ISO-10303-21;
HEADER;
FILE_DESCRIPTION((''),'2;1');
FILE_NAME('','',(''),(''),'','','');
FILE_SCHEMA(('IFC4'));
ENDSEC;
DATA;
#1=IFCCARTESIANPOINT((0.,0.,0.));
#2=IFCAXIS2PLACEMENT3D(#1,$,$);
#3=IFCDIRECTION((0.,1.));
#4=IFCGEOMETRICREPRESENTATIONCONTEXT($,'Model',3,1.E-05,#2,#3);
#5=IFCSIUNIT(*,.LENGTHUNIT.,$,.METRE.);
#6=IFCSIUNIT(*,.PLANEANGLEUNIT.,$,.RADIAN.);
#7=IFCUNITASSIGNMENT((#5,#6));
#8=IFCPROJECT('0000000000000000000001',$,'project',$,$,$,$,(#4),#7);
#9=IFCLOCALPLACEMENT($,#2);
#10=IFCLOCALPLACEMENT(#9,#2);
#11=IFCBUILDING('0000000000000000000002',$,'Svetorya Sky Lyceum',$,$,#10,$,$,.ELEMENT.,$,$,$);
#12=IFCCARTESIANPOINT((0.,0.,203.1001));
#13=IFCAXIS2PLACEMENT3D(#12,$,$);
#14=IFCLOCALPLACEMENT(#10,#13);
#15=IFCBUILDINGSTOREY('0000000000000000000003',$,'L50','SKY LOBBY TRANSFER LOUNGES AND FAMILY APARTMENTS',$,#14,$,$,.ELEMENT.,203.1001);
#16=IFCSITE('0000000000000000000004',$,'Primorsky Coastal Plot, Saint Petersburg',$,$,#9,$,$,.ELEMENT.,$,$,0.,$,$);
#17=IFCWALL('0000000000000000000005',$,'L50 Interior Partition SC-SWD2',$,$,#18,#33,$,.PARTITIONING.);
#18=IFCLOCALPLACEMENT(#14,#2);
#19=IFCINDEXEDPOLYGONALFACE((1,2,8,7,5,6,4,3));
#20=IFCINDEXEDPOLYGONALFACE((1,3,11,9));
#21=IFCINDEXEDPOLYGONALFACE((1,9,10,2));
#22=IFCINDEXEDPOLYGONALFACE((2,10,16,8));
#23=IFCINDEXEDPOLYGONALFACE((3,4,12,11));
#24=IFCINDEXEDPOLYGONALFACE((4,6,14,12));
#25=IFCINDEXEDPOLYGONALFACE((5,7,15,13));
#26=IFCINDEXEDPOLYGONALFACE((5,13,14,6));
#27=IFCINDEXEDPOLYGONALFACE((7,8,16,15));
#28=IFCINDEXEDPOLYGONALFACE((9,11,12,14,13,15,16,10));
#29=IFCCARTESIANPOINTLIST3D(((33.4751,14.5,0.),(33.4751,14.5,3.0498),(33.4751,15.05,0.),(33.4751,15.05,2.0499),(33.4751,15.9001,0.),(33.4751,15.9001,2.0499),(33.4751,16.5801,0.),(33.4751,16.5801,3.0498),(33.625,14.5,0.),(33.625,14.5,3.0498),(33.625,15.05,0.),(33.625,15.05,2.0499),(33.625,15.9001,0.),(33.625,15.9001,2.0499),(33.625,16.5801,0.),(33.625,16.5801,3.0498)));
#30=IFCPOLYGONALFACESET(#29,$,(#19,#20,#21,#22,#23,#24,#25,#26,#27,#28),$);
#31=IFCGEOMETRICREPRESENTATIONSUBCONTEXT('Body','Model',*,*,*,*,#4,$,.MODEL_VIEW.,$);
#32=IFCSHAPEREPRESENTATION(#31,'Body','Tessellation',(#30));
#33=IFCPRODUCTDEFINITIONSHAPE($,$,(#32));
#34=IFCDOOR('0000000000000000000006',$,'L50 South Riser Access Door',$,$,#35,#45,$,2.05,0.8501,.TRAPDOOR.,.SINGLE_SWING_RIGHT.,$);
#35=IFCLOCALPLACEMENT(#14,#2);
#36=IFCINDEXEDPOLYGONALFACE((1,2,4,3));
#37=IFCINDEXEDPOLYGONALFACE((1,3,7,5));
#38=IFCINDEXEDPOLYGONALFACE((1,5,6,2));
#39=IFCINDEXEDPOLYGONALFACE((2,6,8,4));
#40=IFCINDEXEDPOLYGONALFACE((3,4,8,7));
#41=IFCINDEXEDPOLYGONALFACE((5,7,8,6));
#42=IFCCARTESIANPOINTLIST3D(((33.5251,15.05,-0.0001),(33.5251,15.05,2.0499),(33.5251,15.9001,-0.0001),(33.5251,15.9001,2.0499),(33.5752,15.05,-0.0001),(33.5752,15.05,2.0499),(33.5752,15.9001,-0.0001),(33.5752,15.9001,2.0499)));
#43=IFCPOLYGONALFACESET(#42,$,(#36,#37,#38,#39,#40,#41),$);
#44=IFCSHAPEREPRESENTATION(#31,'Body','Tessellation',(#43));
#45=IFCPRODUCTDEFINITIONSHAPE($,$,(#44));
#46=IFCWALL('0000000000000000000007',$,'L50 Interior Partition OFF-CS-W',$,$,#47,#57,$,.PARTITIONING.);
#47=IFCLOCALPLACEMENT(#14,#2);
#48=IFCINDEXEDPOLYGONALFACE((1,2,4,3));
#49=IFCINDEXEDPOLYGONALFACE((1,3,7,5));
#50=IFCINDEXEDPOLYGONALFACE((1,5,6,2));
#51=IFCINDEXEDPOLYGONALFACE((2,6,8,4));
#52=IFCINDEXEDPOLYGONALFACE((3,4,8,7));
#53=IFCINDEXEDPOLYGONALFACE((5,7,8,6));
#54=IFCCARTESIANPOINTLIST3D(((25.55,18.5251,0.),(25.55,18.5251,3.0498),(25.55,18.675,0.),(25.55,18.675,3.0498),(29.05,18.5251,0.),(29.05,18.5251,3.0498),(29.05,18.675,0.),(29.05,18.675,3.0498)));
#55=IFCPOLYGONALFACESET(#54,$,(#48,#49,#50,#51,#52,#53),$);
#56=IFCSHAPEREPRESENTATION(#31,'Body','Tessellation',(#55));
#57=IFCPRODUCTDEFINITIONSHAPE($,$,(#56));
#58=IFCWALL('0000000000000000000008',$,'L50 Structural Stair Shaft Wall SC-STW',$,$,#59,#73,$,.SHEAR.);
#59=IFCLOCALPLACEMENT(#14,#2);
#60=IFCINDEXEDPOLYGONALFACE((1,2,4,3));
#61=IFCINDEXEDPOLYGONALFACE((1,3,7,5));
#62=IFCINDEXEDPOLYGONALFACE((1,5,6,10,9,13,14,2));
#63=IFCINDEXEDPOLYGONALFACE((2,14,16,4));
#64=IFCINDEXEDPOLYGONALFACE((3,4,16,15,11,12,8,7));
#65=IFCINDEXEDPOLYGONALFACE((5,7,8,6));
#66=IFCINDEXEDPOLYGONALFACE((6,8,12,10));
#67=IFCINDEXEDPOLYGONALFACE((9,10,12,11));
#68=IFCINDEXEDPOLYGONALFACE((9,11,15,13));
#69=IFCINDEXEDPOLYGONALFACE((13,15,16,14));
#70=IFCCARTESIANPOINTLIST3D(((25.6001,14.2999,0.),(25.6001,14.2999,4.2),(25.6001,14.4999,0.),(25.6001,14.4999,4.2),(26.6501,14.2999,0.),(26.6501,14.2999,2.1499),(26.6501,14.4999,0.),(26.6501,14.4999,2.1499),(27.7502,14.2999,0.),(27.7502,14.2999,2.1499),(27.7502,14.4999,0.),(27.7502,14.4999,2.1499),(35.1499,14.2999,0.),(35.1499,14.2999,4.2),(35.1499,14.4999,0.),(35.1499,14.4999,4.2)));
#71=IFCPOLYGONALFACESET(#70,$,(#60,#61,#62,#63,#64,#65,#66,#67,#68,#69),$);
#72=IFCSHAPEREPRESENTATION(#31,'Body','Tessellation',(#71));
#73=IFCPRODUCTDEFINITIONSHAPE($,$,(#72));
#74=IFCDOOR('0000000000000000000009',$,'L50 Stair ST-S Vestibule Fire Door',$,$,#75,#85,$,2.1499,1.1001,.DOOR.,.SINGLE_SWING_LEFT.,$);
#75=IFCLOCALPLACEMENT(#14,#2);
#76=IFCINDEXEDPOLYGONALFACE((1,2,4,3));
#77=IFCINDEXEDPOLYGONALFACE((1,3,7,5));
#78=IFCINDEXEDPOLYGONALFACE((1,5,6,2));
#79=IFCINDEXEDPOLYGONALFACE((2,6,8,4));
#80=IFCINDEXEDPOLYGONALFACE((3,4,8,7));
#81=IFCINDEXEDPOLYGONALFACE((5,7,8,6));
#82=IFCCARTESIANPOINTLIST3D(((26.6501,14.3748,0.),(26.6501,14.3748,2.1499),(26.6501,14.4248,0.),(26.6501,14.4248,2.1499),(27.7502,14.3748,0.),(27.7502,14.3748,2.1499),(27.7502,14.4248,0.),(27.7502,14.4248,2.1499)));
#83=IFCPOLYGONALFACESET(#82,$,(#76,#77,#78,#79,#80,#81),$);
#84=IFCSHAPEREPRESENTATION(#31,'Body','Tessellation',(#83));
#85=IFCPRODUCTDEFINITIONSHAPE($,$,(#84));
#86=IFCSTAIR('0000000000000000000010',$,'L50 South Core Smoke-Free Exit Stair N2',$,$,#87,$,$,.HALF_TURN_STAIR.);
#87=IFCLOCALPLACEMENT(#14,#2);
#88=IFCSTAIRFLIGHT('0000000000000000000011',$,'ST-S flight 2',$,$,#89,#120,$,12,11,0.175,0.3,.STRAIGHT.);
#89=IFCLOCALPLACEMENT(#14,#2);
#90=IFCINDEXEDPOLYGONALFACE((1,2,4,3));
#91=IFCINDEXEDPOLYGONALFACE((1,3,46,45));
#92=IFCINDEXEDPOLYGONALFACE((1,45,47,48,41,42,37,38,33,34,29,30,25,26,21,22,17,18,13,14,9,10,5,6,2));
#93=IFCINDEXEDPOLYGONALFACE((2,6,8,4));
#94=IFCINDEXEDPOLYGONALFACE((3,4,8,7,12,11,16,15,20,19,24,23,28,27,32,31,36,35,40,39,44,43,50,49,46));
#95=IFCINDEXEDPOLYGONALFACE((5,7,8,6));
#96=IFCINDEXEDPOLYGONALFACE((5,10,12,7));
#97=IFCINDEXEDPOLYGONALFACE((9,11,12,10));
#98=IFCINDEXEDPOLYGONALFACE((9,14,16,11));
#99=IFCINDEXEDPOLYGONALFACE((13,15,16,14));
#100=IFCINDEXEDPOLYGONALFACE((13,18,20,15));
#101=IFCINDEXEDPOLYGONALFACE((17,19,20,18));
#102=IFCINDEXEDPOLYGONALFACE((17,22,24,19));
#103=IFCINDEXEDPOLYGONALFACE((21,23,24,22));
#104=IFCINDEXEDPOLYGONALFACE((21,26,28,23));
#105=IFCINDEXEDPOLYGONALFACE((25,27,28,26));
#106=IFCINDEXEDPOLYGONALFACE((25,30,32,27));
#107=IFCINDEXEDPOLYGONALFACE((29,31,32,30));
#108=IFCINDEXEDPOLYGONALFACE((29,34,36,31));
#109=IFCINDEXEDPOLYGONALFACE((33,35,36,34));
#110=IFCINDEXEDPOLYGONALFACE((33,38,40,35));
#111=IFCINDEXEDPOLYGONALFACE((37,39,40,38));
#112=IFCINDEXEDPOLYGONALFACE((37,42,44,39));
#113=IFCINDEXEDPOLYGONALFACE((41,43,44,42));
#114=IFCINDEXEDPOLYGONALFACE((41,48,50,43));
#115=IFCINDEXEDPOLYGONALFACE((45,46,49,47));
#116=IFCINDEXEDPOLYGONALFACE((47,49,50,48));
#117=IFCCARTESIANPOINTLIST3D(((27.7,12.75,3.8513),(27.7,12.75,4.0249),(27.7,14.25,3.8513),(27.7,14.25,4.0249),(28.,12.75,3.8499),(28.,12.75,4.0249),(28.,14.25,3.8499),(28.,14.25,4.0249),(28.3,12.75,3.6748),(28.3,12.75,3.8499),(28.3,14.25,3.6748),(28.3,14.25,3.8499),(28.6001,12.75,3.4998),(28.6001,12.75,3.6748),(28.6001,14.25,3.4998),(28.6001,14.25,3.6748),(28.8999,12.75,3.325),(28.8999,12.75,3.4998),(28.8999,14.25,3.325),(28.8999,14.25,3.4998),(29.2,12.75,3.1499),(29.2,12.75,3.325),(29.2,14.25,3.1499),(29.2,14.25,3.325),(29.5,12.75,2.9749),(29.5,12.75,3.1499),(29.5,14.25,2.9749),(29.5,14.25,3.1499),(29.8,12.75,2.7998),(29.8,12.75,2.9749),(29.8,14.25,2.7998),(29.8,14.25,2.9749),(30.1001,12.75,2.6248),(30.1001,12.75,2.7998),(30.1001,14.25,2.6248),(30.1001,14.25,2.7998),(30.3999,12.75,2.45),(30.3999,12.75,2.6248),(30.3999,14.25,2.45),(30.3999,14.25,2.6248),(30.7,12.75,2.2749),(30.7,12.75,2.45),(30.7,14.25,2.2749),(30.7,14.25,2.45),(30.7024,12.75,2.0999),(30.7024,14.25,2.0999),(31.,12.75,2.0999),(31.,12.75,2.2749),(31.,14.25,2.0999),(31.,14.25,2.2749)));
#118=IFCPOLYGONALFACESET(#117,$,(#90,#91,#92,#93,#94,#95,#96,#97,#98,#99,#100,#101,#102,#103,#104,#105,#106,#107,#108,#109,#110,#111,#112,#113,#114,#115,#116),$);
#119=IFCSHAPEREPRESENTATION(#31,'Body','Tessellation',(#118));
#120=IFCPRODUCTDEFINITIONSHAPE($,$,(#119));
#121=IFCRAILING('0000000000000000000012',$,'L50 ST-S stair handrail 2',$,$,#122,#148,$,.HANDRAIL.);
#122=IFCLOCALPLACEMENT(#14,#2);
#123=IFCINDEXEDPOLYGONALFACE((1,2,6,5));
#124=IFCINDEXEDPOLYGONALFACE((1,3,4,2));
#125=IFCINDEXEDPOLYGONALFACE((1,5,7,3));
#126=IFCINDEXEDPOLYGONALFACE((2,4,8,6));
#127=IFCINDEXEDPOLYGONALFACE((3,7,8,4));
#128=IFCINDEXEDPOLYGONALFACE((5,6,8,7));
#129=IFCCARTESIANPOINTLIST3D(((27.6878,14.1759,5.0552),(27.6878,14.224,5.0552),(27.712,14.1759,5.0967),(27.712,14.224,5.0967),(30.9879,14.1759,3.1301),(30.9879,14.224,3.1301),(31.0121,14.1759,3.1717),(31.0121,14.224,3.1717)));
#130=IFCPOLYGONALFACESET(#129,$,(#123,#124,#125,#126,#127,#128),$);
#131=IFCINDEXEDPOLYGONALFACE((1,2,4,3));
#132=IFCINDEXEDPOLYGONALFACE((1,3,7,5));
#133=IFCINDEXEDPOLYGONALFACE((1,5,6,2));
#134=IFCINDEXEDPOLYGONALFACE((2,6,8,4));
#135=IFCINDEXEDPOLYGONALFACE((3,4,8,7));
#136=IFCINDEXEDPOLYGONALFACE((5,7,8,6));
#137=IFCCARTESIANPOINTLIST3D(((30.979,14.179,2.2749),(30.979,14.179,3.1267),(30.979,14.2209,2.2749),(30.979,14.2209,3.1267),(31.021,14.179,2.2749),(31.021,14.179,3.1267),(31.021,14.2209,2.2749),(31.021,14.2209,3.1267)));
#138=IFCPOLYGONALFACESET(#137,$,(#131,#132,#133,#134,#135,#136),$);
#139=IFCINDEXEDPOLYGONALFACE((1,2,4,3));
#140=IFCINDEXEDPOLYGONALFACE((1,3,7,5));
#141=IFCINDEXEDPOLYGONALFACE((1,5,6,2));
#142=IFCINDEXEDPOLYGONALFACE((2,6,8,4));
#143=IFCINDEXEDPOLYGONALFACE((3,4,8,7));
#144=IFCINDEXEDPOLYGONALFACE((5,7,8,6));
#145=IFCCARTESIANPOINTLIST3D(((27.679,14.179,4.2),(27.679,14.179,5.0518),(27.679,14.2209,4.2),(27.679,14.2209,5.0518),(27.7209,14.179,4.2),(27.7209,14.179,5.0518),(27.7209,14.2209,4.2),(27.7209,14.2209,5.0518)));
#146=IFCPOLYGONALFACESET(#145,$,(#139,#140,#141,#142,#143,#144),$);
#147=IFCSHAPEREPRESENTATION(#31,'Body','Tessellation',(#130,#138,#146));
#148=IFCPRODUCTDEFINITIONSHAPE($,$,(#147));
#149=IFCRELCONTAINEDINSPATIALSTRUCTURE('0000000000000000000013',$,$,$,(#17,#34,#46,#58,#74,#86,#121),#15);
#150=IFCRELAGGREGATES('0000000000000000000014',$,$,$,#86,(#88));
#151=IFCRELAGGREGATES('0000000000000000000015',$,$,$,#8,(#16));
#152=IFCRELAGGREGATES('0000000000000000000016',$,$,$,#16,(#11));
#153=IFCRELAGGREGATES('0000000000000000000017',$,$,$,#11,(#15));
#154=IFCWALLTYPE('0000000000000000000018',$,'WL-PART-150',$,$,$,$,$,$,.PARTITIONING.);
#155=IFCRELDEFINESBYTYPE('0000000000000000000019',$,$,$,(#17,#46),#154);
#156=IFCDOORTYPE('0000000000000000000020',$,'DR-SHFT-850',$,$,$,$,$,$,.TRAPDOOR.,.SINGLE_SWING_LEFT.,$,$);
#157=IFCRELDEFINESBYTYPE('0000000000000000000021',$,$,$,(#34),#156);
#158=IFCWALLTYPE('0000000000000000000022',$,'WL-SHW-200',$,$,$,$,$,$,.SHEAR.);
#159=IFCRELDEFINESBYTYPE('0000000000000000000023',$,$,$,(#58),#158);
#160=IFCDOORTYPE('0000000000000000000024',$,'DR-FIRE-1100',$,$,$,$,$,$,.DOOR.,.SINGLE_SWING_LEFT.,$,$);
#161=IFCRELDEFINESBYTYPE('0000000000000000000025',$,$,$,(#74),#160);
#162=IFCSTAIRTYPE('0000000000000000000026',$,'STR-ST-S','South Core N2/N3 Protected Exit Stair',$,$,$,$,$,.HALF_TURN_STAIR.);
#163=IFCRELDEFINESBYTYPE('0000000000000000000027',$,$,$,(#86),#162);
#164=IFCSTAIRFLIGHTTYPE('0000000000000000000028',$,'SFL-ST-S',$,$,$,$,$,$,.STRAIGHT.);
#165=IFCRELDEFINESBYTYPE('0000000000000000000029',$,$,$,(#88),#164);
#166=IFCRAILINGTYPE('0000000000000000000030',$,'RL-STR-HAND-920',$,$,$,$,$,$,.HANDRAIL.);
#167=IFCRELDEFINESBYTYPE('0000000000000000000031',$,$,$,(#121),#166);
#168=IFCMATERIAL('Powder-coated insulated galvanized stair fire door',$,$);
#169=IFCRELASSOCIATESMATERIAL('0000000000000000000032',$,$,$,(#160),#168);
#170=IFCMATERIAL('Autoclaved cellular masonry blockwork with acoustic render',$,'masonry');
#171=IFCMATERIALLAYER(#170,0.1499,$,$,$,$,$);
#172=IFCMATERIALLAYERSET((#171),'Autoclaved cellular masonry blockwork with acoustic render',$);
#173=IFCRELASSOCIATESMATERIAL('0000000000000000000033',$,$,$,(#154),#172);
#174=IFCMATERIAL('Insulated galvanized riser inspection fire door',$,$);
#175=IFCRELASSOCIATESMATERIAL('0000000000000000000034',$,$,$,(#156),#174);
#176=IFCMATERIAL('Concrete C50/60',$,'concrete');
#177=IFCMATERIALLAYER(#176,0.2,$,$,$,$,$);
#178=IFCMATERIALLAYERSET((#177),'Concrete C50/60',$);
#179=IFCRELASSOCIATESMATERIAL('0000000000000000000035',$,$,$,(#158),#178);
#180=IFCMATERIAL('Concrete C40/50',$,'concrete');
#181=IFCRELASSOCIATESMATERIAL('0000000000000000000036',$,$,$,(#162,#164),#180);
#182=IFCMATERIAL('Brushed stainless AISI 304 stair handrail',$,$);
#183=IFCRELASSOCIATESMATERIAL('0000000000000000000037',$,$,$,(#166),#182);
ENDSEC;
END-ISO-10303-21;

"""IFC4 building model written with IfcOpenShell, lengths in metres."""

from ifc_helpers import new_model, si_unit, direction, frame, frame_2d, origin, origin_2d, place, context, subcontext, project, spatial, polyline, rectangle, outline, extrude, material, layer, layer_set, type_object, element, fill, aggregate, save


model = new_model("IFC4")

# Units and contexts
model_context = context("Model", 3, precision=1e-05, world=origin(), true_north=direction((0.0, 1.0)))
body_context = subcontext(model_context, "Body", "Model", "MODEL_VIEW")
ifc_project = project(units=[si_unit("LENGTHUNIT", "METRE"), si_unit("PLANEANGLEUNIT", "RADIAN")], contexts=[model_context])

# Site, building, storey
site_placement = place(None, origin())
site = spatial("IfcSite", under=ifc_project, at=site_placement, Name="Primorsky Coastal Plot, Saint Petersburg", CompositionType="ELEMENT", RefElevation=0.0)
building_placement = place(site_placement, origin())
building = spatial("IfcBuilding", under=site, at=building_placement, Name="Svetorya Sky Lyceum", CompositionType="ELEMENT")
storey_placement = place(building_placement, frame((0.0, 0.0, 203.1001)))
storey = spatial("IfcBuildingStorey", under=building, at=storey_placement, Name="L50", Description="SKY LOBBY TRANSFER LOUNGES AND FAMILY APARTMENTS", CompositionType="ELEMENT", Elevation=203.1001)

# Shared definitions
ifc_material_1 = material(Name="Concrete C50/60", Category="concrete")

# Shared definitions
ifc_material_2 = material(Name="Powder-coated insulated galvanized stair fire door")
door_type_1 = type_object("IfcDoorType", Name="DR-FIRE-1100", OperationType="SINGLE_SWING_LEFT", PredefinedType="DOOR", material=ifc_material_2)

# Shared definitions
ifc_material_3 = material(Name="Autoclaved cellular masonry blockwork with acoustic render", Category="masonry")
ifc_layer_1 = layer(ifc_material_3, 0.1499)
ifc_layer_set_1 = layer_set([ifc_layer_1], Name="Autoclaved cellular masonry blockwork with acoustic render")
wall_type_1 = type_object("IfcWallType", Name="WL-PART-150", PredefinedType="PARTITIONING", material=ifc_layer_set_1)

# Wall, opening, door
wall_1_placement = place(storey_placement, frame((33.55, 14.5, 0.0), z_axis=(0.0, 0.0, 1.0), x_axis=(0.0, 1.0, 0.0)))
wall_1 = element("IfcWall", 1, at=wall_1_placement, inside=storey, type_object=wall_type_1, Name="L50 Interior Partition SC-SWD2", PredefinedType="PARTITIONING", context=body_context, shape_type="SweptSolid", body=[
    extrude(rectangle(XDim=2.0801, YDim=0.1499, at=frame_2d((1.04, 0.0))), origin(), (0.0, 0.0, 1.0), 3.0498),
])
opening_1_placement = place(wall_1_placement, frame((0.55, 0.0, 0.0)))
opening_1 = element("IfcOpeningElement", 2, at=opening_1_placement, cuts=wall_1, PredefinedType="OPENING", context=body_context, shape_type="SweptSolid", body=[
    extrude(rectangle(XDim=0.8501, YDim=2.05, at=frame_2d((0.425, 1.0249))), frame((0.0, 0.085, 0.0), z_axis=(0.0, -1.0, 0.0), x_axis=(1.0, 0.0, 0.0)), (0.0, 0.0, 1.0), 0.1699),
])
ifc_material_4 = material(Name="Insulated galvanized riser inspection fire door")
door_type_2 = type_object("IfcDoorType", Name="DR-SHFT-850", OperationType="SINGLE_SWING_LEFT", PredefinedType="TRAPDOOR", material=ifc_material_4)
door_1_placement = place(opening_1_placement, origin())
door_1 = element("IfcDoor", 3, at=door_1_placement, inside=storey, type_object=door_type_2, Name="L50 South Riser Access Door", OperationType="SINGLE_SWING_RIGHT", OverallHeight=2.05, OverallWidth=0.8501, PredefinedType="TRAPDOOR", context=body_context, shape_type="SweptSolid", body=[
    extrude(rectangle(XDim=0.8501, YDim=2.05, at=frame_2d((0.425, 1.0249))), frame((0.0, 0.0249, 0.0), z_axis=(0.0, -1.0, 0.0), x_axis=(1.0, 0.0, 0.0)), (0.0, 0.0, 1.0), 0.05),
])
fill(opening_1, door_1)

# Wall
wall_2_placement = place(storey_placement, frame((25.55, 18.6001, 0.0), z_axis=(0.0, 0.0, 1.0), x_axis=(1.0, 0.0, 0.0)))
element("IfcWall", 4, at=wall_2_placement, inside=storey, type_object=wall_type_1, Name="L50 Interior Partition OFF-CS-W", PredefinedType="PARTITIONING", context=body_context, shape_type="SweptSolid", body=[
    extrude(rectangle(XDim=3.5, YDim=0.1499, at=frame_2d((1.75, 0.0))), origin(), (0.0, 0.0, 1.0), 3.0498),
])

# Wall, opening, door
ifc_layer_2 = layer(ifc_material_1, 0.2)
ifc_layer_set_2 = layer_set([ifc_layer_2], Name="Concrete C50/60")
wall_type_2 = type_object("IfcWallType", Name="WL-SHW-200", PredefinedType="SHEAR", material=ifc_layer_set_2)
wall_3_placement = place(storey_placement, frame((25.6001, 14.3999, 0.0), z_axis=(0.0, 0.0, 1.0), x_axis=(1.0, 0.0, 0.0)))
wall_3 = element("IfcWall", 5, at=wall_3_placement, inside=storey, type_object=wall_type_2, Name="L50 Structural Stair Shaft Wall SC-STW", PredefinedType="SHEAR", context=body_context, shape_type="SweptSolid", body=[
    extrude(rectangle(XDim=9.5498, YDim=0.2, at=frame_2d((4.7749, 0.0))), origin(), (0.0, 0.0, 1.0), 4.2),
])
opening_2_placement = place(wall_3_placement, frame((1.05, 0.0, 0.0)))
opening_2 = element("IfcOpeningElement", 6, at=opening_2_placement, cuts=wall_3, PredefinedType="OPENING", context=body_context, shape_type="SweptSolid", body=[
    extrude(rectangle(XDim=1.1001, YDim=2.1499, at=frame_2d((0.55, 1.075))), frame((0.0, 0.1099, 0.0), z_axis=(0.0, -1.0, 0.0), x_axis=(1.0, 0.0, 0.0)), (0.0, 0.0, 1.0), 0.22),
])
door_2_placement = place(opening_2_placement, origin())
door_2 = element("IfcDoor", 7, at=door_2_placement, inside=storey, type_object=door_type_1, Name="L50 Stair ST-S Vestibule Fire Door", OperationType="SINGLE_SWING_LEFT", OverallHeight=2.1499, OverallWidth=1.1001, PredefinedType="DOOR", context=body_context, shape_type="SweptSolid", body=[
    extrude(rectangle(XDim=1.1001, YDim=2.1499, at=frame_2d((0.55, 1.075))), frame((0.0, 0.0249, 0.0), z_axis=(0.0, -1.0, 0.0), x_axis=(1.0, 0.0, 0.0)), (0.0, 0.0, 1.0), 0.05),
])
fill(opening_2, door_2)

# Stair, stair flight
ifc_material_5 = material(Name="Concrete C40/50", Category="concrete")
stair_type = type_object("IfcStairType", Name="STR-ST-S", Description="South Core N2/N3 Protected Exit Stair", PredefinedType="HALF_TURN_STAIR", material=ifc_material_5)
stair_placement = place(storey_placement, origin())
stair = element("IfcStair", 8, at=stair_placement, inside=storey, type_object=stair_type, Name="L50 South Core Smoke-Free Exit Stair N2", PredefinedType="HALF_TURN_STAIR")
stair_flight_type = type_object("IfcStairFlightType", Name="SFL-ST-S", PredefinedType="STRAIGHT", material=ifc_material_5)
stair_flight_placement = place(storey_placement, frame((31.0, 13.5, 2.0999), z_axis=(0.0, 0.0, 1.0), x_axis=(-1.0, 0.0, 0.0)))
stair_flight = element("IfcStairFlight", 9, at=stair_flight_placement, type_object=stair_flight_type, Name="ST-S flight 2", NumberOfRisers=12, NumberOfTreads=11, PredefinedType="STRAIGHT", RiserHeight=0.175, TreadLength=0.3, context=body_context, shape_type="SweptSolid", body=[
    extrude(outline(polyline([(0.0, 0.0), (0.0, 0.175), (0.3, 0.175), (0.3, 0.3501), (0.6001, 0.3501), (0.6001, 0.5249), (0.8999, 0.5249), (0.8999, 0.7), (1.2, 0.7), (1.2, 0.875), (1.5, 0.875), (1.5, 1.05), (1.8, 1.05), (1.8, 1.2251), (2.1001, 1.2251), (2.1001, 1.3999), (2.3999, 1.3999), (2.3999, 1.575), (2.7, 1.575), (2.7, 1.75), (3.0, 1.75), (3.0, 1.925), (3.3, 1.925), (3.3, 2.1001), (3.3, 1.7515), (0.2976, 0.0), (0.0, 0.0)])), frame((0.0, 0.75, 0.0), z_axis=(0.0, -1.0, 0.0), x_axis=(1.0, 0.0, 0.0)), (0.0, 0.0, 1.0), 1.5),
])
aggregate(stair, [stair_flight])

# Railing
ifc_material_6 = material(Name="Brushed stainless AISI 304 stair handrail")
railing_type = type_object("IfcRailingType", Name="RL-STR-HAND-920", PredefinedType="HANDRAIL", material=ifc_material_6)
railing_placement = place(storey_placement, frame((31.0, 14.2, 2.2749)))
element("IfcRailing", 10, at=railing_placement, inside=storey, type_object=railing_type, Name="L50 ST-S stair handrail 2", PredefinedType="HANDRAIL", context=body_context, shape_type="SweptSolid", body=[
    extrude(rectangle(XDim=0.0481, YDim=0.0481, at=origin_2d()), frame((0.0, 0.0, 0.876), z_axis=(-0.863777, 0.0, 0.503875), x_axis=(0.0, -1.0, 0.0)), (0.0, 0.0, 1.0), 3.8206),
    extrude(rectangle(XDim=0.042, YDim=0.042, at=origin_2d()), origin(), (0.0, 0.0, 1.0), 0.8518),
    extrude(rectangle(XDim=0.042, YDim=0.042, at=origin_2d()), frame((-3.3, 0.0, 1.925)), (0.0, 0.0, 1.0), 0.8518),
])

save(model, "model.ifc")
